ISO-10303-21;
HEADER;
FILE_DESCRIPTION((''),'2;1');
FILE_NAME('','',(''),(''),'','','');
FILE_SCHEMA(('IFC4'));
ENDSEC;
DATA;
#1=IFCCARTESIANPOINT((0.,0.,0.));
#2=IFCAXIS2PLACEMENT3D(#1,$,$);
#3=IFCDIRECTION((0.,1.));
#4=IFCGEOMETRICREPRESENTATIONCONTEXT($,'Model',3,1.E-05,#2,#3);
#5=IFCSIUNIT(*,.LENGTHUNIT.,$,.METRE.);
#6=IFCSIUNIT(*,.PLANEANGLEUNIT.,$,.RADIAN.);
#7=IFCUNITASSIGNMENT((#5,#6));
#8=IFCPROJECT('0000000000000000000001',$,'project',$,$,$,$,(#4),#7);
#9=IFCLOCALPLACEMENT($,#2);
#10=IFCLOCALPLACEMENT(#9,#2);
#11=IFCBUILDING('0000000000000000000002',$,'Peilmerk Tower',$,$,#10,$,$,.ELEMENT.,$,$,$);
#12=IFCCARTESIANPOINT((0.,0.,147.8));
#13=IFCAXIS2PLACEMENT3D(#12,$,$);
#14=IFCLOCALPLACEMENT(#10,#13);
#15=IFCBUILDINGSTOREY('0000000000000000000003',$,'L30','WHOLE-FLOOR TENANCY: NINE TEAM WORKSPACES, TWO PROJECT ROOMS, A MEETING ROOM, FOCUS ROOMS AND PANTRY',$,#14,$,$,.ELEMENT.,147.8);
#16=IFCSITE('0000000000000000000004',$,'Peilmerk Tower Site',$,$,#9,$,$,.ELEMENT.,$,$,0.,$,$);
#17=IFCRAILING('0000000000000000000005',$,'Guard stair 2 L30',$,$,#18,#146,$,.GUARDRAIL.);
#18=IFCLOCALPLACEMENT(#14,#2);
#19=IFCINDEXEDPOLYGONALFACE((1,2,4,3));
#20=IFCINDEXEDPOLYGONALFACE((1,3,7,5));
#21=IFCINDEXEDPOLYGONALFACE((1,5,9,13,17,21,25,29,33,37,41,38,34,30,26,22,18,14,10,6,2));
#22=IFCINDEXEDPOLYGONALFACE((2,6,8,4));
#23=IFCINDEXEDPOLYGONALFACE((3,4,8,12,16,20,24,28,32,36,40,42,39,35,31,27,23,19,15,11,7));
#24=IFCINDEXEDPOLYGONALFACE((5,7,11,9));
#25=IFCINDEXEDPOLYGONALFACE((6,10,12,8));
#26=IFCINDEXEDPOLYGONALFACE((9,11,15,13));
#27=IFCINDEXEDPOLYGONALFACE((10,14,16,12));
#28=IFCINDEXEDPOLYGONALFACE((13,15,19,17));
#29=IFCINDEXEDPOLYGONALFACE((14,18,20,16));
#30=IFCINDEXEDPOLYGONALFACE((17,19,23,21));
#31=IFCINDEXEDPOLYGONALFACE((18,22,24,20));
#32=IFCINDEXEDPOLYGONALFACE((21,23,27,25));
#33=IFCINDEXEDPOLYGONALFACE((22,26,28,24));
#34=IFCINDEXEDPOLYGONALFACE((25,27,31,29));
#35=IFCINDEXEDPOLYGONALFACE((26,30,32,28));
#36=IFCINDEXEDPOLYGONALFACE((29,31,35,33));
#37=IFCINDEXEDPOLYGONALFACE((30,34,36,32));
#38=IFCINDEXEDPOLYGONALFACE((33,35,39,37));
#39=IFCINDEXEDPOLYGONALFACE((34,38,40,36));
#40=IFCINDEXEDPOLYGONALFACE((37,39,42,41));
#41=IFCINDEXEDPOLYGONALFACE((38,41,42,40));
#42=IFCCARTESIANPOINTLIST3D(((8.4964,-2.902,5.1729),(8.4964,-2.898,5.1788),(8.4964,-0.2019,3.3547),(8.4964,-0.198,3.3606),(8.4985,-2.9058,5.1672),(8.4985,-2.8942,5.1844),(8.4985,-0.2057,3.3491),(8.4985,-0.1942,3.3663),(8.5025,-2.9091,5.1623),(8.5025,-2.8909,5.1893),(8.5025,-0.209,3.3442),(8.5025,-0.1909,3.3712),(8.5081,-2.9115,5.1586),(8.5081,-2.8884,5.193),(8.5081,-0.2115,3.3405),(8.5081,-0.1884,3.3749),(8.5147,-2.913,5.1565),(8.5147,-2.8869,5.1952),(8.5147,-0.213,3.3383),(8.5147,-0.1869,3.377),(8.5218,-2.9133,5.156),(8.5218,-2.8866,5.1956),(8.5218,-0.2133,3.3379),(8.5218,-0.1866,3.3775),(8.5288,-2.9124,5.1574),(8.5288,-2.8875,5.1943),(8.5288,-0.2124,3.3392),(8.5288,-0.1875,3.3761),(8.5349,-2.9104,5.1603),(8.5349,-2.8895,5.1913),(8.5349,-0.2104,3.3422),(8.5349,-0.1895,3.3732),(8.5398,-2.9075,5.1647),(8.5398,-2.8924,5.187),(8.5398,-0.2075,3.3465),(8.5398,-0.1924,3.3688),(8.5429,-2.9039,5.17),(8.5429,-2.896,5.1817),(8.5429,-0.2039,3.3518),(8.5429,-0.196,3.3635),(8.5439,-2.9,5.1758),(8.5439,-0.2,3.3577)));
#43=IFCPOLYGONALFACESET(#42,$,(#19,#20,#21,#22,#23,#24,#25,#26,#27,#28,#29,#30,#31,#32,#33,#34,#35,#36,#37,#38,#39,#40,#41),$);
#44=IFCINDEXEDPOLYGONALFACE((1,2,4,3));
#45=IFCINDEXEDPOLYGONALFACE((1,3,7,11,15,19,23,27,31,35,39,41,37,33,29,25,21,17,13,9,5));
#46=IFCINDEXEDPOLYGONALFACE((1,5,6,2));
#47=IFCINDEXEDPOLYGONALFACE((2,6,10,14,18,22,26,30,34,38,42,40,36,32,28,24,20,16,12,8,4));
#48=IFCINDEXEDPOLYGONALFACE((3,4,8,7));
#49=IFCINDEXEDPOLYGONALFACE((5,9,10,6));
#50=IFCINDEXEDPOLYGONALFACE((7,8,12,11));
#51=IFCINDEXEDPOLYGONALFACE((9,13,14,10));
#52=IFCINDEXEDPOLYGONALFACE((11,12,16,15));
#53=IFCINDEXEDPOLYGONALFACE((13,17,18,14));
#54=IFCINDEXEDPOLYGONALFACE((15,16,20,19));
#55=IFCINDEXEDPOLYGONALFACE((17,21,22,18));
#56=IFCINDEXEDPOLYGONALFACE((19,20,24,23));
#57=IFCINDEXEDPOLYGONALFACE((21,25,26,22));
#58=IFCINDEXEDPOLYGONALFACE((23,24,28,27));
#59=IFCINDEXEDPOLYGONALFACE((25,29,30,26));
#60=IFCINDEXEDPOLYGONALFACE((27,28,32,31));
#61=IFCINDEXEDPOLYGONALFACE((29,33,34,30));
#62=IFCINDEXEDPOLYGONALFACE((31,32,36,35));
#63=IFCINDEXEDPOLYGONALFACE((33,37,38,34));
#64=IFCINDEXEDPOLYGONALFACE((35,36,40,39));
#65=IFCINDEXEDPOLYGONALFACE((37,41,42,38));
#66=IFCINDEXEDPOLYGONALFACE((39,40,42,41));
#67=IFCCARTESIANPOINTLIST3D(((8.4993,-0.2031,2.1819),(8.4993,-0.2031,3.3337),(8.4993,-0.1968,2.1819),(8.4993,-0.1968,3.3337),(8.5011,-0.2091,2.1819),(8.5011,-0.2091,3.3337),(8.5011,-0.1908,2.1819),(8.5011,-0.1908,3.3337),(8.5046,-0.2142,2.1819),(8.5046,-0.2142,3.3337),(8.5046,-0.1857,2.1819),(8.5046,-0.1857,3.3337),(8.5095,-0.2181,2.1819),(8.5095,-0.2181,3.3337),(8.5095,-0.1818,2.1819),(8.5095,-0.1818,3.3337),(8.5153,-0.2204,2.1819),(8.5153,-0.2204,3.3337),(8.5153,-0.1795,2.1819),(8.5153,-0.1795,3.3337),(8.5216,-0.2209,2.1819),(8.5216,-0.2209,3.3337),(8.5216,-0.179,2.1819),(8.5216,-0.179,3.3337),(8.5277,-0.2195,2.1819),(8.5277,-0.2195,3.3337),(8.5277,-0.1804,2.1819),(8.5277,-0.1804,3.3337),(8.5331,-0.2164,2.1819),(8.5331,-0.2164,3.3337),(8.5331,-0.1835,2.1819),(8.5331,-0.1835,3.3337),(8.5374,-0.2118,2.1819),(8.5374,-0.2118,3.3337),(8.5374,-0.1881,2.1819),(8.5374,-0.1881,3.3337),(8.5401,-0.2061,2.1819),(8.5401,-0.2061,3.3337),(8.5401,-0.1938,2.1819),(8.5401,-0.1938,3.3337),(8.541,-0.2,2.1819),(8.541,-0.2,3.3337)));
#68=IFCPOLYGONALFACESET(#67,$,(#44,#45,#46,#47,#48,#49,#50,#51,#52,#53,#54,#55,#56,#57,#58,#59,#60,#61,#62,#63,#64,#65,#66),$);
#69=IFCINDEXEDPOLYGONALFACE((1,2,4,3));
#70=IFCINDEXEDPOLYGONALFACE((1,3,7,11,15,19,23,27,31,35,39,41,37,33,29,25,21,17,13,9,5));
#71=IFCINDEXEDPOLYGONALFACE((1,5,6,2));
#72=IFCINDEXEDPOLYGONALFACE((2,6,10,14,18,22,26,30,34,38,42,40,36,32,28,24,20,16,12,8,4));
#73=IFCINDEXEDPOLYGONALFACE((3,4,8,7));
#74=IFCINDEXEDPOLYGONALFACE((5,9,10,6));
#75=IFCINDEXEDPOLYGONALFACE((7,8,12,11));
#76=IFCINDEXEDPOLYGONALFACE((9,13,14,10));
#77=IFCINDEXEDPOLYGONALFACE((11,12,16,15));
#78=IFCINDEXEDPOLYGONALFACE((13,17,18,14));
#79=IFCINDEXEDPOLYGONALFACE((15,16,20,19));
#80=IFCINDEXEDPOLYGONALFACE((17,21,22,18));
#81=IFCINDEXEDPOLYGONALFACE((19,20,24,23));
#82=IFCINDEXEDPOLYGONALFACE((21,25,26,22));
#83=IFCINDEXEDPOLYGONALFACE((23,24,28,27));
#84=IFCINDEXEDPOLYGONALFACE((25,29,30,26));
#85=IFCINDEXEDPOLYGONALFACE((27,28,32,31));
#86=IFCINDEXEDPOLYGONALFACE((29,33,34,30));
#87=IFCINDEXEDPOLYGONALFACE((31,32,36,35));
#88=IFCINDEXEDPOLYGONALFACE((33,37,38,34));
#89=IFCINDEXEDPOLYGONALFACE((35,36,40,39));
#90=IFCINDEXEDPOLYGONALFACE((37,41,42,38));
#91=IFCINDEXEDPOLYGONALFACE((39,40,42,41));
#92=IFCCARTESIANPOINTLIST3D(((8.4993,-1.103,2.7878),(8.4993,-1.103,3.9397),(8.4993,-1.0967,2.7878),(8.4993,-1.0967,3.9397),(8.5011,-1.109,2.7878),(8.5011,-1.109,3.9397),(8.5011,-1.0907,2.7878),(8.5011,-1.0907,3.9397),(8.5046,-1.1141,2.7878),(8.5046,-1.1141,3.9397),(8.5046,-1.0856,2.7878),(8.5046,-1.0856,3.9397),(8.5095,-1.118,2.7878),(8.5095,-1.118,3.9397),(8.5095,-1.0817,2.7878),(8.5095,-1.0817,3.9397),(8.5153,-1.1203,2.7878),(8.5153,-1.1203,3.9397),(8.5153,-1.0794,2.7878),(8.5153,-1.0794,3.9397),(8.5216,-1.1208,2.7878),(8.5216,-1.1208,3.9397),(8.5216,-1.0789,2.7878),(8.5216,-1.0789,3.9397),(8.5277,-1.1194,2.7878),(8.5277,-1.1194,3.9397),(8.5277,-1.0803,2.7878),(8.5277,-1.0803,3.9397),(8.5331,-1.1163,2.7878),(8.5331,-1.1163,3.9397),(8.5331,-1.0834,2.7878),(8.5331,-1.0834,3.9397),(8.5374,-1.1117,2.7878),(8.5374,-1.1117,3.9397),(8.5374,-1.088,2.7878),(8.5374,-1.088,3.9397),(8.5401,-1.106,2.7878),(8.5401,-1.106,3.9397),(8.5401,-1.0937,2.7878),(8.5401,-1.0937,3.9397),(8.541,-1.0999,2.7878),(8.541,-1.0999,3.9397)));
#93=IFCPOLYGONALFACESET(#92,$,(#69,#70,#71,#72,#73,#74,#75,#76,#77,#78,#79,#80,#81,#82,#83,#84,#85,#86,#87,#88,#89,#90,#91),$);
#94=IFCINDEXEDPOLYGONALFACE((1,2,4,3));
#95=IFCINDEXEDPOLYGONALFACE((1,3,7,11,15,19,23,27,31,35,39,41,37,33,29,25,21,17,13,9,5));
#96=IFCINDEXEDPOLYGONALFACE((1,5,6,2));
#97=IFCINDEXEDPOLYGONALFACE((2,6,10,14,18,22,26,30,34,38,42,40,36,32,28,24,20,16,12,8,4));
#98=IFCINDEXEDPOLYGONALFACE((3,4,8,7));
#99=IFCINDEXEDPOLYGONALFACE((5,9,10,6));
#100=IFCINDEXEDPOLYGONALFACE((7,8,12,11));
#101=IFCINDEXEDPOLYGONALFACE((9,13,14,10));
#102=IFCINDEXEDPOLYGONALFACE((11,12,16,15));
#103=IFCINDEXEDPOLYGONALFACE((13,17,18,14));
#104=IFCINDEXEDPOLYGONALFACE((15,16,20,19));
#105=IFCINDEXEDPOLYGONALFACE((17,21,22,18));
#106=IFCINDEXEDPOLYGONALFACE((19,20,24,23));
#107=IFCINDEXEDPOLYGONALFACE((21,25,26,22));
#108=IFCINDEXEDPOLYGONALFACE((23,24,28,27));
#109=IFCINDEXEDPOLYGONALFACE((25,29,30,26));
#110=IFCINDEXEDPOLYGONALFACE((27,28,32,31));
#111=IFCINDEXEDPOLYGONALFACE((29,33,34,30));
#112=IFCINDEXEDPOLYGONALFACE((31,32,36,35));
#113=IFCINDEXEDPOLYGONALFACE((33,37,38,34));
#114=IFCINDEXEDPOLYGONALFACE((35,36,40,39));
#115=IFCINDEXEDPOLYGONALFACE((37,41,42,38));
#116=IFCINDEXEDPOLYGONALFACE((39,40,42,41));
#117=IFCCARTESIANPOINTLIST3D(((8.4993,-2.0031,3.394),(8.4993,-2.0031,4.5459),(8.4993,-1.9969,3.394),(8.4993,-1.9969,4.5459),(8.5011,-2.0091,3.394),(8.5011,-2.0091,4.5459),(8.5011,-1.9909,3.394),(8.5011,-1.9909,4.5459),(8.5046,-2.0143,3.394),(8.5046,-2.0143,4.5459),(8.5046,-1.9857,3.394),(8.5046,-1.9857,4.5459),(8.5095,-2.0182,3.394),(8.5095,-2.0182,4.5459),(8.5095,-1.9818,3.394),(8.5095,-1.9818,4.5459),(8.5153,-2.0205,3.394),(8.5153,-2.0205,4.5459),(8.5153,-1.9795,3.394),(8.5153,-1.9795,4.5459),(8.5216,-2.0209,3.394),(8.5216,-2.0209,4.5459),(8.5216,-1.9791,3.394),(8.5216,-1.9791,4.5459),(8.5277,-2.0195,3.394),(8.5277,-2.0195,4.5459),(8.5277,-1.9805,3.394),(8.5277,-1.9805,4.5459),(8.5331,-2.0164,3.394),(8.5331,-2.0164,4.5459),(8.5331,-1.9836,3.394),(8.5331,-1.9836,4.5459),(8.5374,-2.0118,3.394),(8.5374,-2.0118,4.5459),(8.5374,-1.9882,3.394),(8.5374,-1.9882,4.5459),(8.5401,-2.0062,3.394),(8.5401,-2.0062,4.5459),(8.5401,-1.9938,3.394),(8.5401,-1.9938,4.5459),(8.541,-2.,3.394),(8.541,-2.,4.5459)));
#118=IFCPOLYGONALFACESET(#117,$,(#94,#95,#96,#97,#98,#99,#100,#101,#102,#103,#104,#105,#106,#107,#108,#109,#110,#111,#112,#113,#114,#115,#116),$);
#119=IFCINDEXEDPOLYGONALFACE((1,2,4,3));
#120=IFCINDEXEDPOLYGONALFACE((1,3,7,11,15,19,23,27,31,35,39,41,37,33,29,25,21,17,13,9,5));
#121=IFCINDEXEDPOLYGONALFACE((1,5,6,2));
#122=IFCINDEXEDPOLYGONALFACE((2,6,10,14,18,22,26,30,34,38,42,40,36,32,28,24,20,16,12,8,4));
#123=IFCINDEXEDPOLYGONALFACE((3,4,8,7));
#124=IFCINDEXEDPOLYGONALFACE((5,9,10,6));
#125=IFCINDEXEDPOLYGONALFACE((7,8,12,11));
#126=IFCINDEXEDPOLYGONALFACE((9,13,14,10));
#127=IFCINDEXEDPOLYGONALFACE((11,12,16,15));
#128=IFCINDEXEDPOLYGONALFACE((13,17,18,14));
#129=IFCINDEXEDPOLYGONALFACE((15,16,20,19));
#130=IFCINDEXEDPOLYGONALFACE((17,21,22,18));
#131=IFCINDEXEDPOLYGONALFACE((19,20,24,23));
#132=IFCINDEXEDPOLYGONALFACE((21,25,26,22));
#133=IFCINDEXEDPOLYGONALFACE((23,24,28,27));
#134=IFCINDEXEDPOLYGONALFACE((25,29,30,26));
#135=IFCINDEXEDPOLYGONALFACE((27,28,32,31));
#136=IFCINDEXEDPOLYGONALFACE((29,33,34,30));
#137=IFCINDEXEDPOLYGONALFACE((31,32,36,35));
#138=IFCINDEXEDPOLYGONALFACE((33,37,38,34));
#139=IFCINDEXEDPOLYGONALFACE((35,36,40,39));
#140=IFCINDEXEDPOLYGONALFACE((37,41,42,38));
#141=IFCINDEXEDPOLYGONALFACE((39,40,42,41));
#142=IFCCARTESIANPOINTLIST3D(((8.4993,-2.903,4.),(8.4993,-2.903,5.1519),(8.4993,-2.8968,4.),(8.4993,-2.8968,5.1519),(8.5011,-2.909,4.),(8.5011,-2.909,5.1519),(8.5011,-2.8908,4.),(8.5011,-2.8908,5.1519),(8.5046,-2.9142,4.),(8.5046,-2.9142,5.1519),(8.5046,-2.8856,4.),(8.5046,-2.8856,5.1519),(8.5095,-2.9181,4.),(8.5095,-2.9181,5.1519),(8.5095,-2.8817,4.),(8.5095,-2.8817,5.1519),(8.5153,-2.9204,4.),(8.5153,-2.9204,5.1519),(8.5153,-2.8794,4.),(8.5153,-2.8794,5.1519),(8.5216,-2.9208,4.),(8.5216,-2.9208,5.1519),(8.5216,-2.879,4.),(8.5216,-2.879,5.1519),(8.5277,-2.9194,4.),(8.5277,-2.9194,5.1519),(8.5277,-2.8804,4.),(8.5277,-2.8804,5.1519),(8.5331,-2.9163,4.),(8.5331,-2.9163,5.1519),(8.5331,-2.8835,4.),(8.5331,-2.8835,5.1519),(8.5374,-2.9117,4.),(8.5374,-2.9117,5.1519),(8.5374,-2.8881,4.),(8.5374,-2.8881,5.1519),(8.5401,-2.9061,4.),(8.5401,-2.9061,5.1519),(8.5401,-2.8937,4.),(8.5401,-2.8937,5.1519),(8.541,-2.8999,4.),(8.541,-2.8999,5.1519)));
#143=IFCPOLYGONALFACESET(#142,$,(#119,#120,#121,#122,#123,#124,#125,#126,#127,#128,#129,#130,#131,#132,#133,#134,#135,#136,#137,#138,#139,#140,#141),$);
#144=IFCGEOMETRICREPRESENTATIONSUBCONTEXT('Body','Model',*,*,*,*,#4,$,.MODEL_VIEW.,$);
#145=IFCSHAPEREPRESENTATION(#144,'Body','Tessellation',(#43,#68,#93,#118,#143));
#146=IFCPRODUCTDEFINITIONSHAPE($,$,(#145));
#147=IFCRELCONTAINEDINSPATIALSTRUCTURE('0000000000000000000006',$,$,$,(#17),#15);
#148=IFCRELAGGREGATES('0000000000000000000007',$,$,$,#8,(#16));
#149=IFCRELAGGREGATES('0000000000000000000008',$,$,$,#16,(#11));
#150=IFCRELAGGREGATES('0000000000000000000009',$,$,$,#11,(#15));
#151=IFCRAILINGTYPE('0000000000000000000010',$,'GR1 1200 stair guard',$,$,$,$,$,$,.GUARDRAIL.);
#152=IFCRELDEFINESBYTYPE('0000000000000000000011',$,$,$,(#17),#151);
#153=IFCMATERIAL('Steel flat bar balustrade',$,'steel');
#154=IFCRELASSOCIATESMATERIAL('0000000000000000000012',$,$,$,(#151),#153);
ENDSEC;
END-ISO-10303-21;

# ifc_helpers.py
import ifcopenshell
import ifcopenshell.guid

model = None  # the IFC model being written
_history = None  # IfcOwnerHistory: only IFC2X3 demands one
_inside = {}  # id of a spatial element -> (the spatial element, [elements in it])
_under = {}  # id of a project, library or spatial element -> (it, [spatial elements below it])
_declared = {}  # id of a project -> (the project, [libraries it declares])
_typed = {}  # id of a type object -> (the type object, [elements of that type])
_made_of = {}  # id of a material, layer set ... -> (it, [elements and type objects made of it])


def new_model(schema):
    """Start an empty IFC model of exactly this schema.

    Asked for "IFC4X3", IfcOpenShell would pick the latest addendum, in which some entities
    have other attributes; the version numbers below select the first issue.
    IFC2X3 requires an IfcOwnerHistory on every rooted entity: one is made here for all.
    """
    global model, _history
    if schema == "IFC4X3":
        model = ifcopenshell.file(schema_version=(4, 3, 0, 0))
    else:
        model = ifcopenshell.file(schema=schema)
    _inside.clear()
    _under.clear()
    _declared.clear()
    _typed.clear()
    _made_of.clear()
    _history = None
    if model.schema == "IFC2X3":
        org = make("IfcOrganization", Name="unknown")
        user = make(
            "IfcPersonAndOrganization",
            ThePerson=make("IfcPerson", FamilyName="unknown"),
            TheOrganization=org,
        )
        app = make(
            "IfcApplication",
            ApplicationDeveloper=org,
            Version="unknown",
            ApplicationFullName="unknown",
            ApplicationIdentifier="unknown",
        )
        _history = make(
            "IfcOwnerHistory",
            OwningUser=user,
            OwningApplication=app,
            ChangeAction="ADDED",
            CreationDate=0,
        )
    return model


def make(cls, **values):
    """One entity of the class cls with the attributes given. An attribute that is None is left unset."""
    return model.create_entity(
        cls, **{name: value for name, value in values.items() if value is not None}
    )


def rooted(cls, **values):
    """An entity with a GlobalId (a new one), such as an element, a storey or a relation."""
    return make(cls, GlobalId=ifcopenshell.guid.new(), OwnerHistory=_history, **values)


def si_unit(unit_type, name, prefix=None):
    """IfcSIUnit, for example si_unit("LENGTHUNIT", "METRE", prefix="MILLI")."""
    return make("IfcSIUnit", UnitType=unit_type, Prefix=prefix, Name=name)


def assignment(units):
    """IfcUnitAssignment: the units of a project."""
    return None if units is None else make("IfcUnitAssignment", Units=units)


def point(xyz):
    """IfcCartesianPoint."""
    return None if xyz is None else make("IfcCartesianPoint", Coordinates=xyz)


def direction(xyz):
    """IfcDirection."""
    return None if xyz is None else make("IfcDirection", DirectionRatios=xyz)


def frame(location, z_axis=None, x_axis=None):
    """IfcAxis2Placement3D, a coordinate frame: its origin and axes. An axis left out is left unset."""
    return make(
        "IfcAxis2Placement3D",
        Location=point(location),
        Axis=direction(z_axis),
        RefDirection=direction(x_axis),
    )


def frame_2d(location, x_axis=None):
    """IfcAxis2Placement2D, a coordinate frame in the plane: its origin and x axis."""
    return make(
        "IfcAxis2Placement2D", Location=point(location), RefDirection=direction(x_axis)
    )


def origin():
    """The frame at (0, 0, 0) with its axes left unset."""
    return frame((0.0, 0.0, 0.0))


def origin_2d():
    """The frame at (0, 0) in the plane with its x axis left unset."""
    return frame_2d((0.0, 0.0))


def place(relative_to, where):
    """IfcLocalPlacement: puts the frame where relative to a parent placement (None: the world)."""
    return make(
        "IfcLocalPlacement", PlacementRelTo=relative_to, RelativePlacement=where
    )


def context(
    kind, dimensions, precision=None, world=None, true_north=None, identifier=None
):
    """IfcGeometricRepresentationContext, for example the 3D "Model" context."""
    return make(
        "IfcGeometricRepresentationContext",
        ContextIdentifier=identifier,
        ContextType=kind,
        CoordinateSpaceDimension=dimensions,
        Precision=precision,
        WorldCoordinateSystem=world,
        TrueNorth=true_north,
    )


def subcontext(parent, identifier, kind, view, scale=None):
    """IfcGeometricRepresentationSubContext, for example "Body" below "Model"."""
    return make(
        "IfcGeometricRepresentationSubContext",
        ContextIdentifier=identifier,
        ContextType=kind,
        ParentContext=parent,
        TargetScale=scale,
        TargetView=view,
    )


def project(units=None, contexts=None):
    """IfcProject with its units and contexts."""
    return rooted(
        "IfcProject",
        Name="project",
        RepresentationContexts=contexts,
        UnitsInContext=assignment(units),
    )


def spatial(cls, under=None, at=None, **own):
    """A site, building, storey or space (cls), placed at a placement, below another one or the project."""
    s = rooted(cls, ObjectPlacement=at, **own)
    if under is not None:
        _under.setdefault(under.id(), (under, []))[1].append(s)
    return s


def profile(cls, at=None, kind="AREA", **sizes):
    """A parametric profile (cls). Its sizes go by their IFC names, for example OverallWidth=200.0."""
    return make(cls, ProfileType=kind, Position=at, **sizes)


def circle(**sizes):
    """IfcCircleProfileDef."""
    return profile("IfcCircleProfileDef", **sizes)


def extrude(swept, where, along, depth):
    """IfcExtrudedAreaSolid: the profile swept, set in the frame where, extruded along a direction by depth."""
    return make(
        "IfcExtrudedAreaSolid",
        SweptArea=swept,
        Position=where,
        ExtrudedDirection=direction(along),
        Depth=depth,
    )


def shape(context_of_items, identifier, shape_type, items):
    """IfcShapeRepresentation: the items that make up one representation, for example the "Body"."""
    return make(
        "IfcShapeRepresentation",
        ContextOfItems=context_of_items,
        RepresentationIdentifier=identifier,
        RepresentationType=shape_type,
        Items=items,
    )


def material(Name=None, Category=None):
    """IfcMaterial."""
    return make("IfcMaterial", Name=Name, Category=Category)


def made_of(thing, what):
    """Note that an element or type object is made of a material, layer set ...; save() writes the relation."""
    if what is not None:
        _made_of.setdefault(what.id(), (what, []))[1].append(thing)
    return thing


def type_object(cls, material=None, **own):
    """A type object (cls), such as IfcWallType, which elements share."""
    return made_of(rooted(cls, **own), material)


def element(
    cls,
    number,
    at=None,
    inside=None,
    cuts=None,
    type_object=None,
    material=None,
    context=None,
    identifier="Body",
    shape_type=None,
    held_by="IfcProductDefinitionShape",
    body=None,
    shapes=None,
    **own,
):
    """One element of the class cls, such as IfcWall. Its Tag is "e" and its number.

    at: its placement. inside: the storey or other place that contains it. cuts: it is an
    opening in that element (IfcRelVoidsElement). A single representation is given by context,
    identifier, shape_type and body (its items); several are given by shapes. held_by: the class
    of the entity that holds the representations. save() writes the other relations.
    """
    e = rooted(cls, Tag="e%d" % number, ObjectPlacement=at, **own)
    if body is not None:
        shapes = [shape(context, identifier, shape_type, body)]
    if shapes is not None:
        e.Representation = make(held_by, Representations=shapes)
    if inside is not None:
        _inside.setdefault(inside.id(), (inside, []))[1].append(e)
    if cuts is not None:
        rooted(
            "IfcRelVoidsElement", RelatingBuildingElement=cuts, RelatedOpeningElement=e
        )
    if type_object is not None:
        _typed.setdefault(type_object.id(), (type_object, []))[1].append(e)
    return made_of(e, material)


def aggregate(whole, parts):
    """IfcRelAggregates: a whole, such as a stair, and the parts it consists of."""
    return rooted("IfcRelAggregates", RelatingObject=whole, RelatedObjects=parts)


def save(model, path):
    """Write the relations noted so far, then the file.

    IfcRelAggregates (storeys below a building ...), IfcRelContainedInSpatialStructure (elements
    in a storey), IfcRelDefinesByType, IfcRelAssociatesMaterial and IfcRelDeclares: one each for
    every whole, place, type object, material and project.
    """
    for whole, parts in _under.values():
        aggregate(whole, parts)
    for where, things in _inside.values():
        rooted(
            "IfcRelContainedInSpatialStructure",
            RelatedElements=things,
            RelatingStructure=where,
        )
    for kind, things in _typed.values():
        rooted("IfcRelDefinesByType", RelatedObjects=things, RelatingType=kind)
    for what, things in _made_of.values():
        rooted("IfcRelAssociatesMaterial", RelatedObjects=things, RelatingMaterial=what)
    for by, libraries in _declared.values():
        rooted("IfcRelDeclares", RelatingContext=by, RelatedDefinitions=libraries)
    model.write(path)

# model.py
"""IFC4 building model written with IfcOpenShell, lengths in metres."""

from ifc_helpers import new_model, si_unit, direction, frame, origin, origin_2d, place, context, subcontext, project, spatial, circle, extrude, material, type_object, element, save


model = new_model("IFC4")

# Units and contexts
model_context = context("Model", 3, precision=1e-05, world=origin(), true_north=direction((0.0, 1.0)))
body_context = subcontext(model_context, "Body", "Model", "MODEL_VIEW")
ifc_project = project(units=[si_unit("LENGTHUNIT", "METRE"), si_unit("PLANEANGLEUNIT", "RADIAN")], contexts=[model_context])

# Site, building, storey
site_placement = place(None, origin())
site = spatial("IfcSite", under=ifc_project, at=site_placement, Name="Peilmerk Tower Site", CompositionType="ELEMENT", RefElevation=0.0)
building_placement = place(site_placement, origin())
building = spatial("IfcBuilding", under=site, at=building_placement, Name="Peilmerk Tower", CompositionType="ELEMENT")
storey_placement = place(building_placement, frame((0.0, 0.0, 147.8)))
storey = spatial("IfcBuildingStorey", under=building, at=storey_placement, Name="L30", Description="WHOLE-FLOOR TENANCY: NINE TEAM WORKSPACES, TWO PROJECT ROOMS, A MEETING ROOM, FOCUS ROOMS AND PANTRY", CompositionType="ELEMENT", Elevation=147.8)

# Railing
ifc_material_1 = material(Name="Steel flat bar balustrade", Category="steel")
railing_type_1 = type_object("IfcRailingType", Name="GR1 1200 stair guard", PredefinedType="GUARDRAIL", material=ifc_material_1)
railing_1_placement = place(storey_placement, frame((8.52, -0.2, 2.1819)))
element("IfcRailing", 1, at=railing_1_placement, inside=storey, type_object=railing_type_1, Name="Guard stair 2 L30", PredefinedType="GUARDRAIL", context=body_context, shape_type="SweptSolid", body=[
    extrude(circle(Radius=0.0239, at=origin_2d()), frame((0.0, 0.0, 1.1758), z_axis=(0.0, -0.829468, 0.558554), x_axis=(1.0, 0.0, 0.0)), (0.0, 0.0, 1.0), 3.2551),
    extrude(circle(Radius=0.021, at=origin_2d()), origin(), (0.0, 0.0, 1.0), 1.1519),
    extrude(circle(Radius=0.021, at=origin_2d()), frame((0.0, -0.8999, 0.606)), (0.0, 0.0, 1.0), 1.1519),
    extrude(circle(Radius=0.021, at=origin_2d()), frame((0.0, -1.8, 1.2122)), (0.0, 0.0, 1.0), 1.1519),
    extrude(circle(Radius=0.021, at=origin_2d()), frame((0.0, -2.7, 1.8181)), (0.0, 0.0, 1.0), 1.1519),
])

save(model, "model.ifc")
